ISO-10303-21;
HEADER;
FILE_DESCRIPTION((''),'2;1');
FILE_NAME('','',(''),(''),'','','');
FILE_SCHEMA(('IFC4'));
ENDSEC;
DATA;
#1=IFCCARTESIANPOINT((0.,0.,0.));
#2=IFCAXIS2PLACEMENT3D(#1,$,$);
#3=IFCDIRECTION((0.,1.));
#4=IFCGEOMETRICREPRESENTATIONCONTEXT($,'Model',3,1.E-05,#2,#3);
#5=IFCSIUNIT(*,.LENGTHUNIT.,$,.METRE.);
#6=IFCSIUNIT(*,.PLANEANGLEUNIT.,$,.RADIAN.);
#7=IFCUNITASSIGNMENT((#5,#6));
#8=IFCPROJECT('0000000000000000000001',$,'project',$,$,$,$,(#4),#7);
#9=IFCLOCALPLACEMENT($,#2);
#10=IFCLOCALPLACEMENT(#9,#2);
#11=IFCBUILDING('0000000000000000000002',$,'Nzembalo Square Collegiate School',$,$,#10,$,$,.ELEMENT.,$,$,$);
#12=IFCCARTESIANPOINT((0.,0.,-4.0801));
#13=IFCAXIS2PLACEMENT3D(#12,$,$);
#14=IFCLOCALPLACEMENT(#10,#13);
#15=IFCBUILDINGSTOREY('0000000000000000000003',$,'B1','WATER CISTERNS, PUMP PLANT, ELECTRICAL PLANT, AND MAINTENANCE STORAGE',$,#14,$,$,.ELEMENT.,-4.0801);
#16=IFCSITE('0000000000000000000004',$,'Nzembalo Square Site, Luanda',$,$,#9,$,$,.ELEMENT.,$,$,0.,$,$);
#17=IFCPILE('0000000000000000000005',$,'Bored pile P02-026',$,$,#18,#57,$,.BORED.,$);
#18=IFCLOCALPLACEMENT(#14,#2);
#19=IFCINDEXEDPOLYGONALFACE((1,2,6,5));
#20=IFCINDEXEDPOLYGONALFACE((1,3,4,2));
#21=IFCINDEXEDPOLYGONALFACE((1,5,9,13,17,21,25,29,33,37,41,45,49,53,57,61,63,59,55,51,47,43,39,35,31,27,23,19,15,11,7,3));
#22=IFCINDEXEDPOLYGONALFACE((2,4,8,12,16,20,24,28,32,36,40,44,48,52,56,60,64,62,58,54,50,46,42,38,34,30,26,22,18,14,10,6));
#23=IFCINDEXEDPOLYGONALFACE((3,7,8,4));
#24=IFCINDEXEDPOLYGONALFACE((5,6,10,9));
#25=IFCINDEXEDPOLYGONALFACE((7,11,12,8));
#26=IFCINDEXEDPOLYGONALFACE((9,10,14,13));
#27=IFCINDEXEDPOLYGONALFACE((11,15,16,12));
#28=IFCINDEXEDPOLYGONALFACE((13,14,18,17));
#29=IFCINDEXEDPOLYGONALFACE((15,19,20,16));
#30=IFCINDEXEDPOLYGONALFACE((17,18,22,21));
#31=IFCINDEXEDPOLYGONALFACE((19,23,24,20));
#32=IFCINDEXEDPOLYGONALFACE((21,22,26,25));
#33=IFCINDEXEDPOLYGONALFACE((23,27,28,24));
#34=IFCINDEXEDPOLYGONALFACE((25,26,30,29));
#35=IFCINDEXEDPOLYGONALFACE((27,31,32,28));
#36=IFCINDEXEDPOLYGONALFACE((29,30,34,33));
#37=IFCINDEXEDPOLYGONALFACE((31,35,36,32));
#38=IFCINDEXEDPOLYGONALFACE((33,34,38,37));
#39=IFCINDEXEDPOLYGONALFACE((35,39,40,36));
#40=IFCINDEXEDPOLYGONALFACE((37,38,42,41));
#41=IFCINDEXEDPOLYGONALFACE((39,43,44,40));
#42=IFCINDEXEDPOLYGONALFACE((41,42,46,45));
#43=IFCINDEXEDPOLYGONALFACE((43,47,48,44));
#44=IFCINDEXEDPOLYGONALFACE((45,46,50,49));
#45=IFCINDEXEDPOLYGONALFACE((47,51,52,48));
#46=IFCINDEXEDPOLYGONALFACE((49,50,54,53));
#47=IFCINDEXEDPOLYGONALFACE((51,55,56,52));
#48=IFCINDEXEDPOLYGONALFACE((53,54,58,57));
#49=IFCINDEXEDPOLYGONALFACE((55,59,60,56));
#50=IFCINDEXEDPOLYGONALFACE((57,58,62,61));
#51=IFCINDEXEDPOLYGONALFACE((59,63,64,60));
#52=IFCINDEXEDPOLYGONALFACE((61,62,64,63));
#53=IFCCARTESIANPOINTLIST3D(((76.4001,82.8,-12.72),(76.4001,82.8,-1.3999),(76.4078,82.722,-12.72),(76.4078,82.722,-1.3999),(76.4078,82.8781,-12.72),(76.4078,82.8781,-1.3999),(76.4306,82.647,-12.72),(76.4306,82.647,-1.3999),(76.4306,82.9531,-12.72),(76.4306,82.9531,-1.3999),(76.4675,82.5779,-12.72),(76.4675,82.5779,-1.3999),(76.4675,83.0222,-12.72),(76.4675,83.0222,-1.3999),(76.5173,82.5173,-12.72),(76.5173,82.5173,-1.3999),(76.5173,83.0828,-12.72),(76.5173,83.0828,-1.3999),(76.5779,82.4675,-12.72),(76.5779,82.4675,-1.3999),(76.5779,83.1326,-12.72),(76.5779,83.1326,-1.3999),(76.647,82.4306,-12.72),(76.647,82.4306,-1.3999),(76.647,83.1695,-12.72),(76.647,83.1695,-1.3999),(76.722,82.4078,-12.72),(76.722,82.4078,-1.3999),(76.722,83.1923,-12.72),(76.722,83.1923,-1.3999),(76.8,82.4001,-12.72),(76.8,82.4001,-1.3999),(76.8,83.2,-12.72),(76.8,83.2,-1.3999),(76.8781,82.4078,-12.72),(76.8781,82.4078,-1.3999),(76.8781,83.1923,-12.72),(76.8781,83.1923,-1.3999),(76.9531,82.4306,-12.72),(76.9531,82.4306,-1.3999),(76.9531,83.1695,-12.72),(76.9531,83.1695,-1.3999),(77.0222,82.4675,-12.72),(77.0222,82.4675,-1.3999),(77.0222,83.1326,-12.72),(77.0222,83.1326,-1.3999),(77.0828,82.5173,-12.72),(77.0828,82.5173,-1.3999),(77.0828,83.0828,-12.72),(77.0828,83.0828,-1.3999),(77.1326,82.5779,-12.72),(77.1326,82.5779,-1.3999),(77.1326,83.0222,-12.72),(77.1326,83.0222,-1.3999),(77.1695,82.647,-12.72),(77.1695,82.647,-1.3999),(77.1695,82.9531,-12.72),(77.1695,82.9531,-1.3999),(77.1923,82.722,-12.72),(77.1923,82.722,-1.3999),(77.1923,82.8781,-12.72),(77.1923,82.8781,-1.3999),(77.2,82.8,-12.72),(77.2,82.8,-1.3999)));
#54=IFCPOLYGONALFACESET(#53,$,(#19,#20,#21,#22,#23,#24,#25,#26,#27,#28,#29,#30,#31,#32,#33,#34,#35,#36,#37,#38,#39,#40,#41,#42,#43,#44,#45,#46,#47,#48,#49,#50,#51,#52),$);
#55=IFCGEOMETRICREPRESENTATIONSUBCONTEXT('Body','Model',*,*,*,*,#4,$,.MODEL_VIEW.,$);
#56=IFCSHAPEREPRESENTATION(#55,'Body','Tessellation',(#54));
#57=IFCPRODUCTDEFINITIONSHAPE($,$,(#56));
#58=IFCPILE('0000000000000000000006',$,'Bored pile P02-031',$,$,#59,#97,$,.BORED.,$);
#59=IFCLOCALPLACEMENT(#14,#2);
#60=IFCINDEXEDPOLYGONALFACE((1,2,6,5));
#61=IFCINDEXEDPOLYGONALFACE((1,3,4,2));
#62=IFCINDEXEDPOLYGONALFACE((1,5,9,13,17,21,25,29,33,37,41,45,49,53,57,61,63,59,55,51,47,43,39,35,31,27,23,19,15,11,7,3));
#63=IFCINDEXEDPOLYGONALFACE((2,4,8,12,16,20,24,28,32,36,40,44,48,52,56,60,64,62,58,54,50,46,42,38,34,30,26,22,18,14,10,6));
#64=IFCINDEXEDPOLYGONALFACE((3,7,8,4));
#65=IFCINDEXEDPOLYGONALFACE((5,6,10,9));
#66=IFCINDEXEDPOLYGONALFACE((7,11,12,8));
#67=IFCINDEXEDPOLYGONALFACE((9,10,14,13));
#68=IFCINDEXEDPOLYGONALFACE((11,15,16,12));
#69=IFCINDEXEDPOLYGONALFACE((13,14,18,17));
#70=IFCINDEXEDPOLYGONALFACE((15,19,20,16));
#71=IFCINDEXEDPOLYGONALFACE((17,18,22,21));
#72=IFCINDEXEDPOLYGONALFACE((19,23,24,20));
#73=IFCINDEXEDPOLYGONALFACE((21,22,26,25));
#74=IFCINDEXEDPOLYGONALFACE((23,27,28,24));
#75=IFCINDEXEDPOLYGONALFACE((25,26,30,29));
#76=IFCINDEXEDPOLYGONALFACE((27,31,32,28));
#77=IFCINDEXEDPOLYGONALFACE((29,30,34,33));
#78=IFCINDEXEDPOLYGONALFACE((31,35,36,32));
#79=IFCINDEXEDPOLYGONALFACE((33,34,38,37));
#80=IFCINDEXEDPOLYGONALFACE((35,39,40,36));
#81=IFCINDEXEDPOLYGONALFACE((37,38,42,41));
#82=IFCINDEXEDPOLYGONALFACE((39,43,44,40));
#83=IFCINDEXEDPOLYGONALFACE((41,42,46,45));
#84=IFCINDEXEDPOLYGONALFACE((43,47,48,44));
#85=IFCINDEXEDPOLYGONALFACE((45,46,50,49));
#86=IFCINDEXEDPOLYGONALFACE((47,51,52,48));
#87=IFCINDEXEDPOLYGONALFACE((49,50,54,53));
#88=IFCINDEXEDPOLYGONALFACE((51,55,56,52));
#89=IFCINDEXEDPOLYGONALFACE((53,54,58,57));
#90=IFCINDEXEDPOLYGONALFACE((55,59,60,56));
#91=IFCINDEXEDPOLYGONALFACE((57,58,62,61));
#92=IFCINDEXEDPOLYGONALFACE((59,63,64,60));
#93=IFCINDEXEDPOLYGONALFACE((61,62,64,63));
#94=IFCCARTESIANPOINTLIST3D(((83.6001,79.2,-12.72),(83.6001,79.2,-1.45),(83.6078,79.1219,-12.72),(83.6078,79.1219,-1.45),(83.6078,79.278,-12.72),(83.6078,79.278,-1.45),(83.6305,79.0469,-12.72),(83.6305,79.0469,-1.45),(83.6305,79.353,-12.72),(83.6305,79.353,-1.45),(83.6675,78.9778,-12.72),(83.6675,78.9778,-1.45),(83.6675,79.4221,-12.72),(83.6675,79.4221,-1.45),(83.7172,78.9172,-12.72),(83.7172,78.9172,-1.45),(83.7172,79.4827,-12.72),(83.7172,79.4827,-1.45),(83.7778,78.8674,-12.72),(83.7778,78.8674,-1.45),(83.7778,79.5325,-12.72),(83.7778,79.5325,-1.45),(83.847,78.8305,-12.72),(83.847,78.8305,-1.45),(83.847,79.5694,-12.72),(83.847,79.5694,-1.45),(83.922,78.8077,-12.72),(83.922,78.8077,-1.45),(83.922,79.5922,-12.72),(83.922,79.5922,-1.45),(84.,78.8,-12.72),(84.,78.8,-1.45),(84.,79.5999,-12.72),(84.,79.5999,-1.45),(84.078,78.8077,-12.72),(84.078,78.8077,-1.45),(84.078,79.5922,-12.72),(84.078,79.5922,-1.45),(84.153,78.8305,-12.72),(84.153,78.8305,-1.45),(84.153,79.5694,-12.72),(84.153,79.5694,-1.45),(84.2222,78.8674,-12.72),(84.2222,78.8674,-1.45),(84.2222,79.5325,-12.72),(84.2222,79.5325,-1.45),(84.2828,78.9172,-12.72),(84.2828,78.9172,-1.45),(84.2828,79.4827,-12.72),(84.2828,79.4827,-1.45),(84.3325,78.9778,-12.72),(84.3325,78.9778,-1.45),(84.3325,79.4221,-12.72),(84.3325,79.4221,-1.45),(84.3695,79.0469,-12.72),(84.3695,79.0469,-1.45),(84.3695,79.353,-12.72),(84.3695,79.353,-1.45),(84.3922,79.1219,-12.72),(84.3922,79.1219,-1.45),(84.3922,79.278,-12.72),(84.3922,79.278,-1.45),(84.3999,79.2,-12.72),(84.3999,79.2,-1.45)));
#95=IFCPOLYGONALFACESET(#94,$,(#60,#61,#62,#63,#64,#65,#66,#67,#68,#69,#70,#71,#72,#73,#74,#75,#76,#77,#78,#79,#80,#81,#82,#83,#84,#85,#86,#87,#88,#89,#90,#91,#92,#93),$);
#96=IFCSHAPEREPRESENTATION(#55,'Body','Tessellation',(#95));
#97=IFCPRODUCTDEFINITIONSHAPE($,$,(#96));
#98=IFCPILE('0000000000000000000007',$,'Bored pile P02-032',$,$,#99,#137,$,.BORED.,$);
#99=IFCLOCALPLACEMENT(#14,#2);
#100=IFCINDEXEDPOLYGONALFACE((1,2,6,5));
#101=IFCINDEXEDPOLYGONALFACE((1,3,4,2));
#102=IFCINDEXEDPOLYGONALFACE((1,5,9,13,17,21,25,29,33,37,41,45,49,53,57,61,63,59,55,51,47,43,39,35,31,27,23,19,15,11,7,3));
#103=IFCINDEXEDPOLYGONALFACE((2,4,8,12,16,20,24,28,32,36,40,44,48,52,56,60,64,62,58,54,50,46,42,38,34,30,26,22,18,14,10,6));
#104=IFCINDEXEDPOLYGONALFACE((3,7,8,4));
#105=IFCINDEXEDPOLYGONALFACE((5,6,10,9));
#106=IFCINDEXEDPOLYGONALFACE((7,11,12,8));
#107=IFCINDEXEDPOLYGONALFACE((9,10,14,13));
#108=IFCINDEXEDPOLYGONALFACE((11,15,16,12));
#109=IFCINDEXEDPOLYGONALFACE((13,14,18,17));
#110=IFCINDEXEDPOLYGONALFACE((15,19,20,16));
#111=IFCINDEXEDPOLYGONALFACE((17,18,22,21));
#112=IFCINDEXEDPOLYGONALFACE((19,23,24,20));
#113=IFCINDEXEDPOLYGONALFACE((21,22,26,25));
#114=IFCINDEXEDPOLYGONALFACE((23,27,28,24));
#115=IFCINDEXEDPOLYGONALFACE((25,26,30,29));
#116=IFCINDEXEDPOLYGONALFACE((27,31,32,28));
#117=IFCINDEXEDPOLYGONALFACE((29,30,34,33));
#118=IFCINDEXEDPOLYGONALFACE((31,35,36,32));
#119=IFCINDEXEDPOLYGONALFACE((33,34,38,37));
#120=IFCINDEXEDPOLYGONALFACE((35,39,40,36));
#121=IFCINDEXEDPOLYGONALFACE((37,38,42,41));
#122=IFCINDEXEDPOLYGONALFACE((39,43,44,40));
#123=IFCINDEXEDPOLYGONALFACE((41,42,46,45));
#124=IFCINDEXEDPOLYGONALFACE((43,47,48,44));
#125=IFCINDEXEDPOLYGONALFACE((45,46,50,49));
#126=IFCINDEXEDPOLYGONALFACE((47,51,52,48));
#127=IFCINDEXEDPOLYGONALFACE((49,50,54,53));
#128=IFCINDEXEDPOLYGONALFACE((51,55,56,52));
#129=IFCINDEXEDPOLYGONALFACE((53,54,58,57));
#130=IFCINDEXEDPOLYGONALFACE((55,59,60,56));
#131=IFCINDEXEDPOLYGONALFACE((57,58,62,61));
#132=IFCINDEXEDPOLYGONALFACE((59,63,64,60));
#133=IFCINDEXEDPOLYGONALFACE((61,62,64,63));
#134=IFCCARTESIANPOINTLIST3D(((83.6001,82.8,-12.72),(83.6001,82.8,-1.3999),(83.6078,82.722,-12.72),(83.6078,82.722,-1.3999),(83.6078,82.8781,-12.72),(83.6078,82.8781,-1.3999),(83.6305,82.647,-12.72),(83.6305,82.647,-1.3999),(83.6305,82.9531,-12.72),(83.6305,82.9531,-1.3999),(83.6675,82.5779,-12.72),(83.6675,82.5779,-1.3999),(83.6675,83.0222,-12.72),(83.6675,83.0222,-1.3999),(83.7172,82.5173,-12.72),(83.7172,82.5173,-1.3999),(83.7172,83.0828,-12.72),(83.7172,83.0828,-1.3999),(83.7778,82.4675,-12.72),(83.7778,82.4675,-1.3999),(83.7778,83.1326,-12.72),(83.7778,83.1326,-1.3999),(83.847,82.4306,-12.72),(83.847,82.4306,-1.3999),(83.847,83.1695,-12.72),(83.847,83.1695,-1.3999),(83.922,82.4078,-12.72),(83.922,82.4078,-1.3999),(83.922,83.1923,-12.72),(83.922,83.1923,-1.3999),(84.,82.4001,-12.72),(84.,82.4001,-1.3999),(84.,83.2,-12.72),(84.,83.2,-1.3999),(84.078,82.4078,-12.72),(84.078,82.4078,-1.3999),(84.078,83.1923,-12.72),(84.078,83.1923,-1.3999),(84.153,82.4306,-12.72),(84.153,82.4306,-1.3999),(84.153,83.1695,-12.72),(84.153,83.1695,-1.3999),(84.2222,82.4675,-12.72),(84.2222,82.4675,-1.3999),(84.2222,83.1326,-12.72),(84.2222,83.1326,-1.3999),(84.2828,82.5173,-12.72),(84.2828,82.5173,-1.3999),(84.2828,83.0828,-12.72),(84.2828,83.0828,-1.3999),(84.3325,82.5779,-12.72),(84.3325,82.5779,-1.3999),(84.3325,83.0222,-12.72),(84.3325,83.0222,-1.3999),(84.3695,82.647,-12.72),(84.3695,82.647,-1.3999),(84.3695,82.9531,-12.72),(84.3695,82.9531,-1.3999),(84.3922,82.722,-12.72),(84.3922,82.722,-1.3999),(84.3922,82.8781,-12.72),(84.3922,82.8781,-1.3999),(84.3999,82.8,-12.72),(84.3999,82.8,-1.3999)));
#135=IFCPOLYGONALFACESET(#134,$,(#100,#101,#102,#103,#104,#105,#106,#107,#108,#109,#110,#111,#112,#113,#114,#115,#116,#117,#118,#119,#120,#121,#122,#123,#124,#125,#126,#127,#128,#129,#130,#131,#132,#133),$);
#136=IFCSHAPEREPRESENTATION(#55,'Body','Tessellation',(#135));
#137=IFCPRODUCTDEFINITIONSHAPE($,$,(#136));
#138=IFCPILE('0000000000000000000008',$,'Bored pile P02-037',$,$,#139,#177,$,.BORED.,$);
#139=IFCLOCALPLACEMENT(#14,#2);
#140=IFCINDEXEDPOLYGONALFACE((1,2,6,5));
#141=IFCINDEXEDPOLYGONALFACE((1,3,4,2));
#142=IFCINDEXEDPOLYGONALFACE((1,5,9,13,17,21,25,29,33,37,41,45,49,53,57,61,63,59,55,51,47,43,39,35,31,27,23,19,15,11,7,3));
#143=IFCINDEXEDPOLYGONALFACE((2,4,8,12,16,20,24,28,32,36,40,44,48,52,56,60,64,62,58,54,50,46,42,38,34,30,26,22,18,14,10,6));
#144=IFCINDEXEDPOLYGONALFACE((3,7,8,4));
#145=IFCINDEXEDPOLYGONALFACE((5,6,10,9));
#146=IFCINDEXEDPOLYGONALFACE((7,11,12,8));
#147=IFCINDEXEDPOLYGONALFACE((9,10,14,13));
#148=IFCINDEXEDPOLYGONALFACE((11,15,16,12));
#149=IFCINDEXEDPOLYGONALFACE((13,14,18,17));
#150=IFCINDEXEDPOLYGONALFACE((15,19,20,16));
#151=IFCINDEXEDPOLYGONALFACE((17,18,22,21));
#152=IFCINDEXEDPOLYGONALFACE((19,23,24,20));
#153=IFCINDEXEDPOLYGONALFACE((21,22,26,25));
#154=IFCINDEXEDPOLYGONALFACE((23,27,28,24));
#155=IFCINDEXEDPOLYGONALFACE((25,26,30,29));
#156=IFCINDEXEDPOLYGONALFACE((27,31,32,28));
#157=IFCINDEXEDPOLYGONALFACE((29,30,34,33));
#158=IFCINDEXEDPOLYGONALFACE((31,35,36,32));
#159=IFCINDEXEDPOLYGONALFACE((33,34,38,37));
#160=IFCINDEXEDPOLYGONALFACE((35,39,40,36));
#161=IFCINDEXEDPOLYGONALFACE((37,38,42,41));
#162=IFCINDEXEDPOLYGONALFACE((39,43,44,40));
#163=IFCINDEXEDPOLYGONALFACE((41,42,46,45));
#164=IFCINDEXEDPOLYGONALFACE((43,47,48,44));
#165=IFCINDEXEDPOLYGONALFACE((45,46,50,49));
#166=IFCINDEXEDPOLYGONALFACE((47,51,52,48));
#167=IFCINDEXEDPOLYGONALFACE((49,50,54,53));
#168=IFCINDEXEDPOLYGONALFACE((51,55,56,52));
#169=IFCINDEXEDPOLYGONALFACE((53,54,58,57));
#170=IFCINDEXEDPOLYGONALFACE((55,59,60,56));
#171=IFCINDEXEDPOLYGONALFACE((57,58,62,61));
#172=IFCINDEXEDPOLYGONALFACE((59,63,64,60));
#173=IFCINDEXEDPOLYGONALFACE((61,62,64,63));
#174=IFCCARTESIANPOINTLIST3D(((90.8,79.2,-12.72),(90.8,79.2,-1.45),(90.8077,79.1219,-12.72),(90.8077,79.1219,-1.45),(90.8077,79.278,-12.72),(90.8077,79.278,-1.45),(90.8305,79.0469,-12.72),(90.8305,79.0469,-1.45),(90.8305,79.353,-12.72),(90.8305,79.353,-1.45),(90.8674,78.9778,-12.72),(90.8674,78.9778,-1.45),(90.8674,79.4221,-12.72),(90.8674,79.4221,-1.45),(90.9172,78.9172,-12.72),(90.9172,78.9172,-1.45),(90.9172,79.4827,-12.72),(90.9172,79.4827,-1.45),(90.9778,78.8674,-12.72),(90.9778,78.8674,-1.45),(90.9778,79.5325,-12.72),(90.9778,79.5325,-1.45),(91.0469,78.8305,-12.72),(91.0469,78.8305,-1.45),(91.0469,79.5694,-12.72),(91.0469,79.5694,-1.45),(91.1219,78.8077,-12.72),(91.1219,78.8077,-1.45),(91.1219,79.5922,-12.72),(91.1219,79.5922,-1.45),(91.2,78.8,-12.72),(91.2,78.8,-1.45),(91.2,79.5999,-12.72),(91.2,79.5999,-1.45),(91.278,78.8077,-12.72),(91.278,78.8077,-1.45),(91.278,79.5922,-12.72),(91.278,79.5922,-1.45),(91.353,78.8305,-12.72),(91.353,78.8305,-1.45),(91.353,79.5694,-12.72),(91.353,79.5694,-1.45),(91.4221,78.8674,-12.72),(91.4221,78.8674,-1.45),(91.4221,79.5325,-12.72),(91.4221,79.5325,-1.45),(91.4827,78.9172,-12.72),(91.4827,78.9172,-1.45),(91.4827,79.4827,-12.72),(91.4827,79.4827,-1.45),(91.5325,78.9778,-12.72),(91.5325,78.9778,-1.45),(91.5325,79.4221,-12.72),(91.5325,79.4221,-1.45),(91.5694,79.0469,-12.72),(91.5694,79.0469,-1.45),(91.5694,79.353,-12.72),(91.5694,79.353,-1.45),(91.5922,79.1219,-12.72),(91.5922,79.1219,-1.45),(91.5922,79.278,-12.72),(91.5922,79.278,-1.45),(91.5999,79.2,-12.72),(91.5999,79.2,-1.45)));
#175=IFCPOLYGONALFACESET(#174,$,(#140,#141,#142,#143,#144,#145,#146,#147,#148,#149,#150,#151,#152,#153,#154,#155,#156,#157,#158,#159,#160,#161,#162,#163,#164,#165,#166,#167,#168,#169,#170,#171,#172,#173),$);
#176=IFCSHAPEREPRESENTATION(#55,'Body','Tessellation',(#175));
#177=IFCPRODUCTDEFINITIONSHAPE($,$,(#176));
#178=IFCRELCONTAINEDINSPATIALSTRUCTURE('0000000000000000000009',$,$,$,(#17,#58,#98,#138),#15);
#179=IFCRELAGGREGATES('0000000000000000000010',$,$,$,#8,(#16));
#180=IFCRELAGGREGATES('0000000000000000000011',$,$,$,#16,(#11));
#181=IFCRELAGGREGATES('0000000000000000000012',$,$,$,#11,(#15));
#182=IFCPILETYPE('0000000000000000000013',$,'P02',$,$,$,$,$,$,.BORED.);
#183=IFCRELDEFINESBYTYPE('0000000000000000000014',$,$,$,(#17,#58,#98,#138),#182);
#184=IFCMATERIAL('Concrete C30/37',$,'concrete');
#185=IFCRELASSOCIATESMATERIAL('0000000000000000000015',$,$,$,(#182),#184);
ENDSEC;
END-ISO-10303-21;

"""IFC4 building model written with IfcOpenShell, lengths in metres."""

from ifc_helpers import new_model, si_unit, direction, frame, origin, origin_2d, place, context, subcontext, project, spatial, circle, extrude, material, material_profile, profile_set, type_object, element, save


model = new_model("IFC4")

# Units and contexts
model_context = context("Model", 3, precision=1e-05, world=origin(), true_north=direction((0.0, 1.0)))
body_context = subcontext(model_context, "Body", "Model", "MODEL_VIEW")
ifc_project = project(units=[si_unit("LENGTHUNIT", "METRE"), si_unit("PLANEANGLEUNIT", "RADIAN")], contexts=[model_context])

# Site, building, storey
site_placement = place(None, origin())
site = spatial("IfcSite", under=ifc_project, at=site_placement, Name="Nzembalo Square Site, Luanda", CompositionType="ELEMENT", RefElevation=0.0)
building_placement = place(site_placement, origin())
building = spatial("IfcBuilding", under=site, at=building_placement, Name="Nzembalo Square Collegiate School", CompositionType="ELEMENT")
storey_placement = place(building_placement, frame((0.0, 0.0, -4.0801)))
storey = spatial("IfcBuildingStorey", under=building, at=storey_placement, Name="B1", Description="WATER CISTERNS, PUMP PLANT, ELECTRICAL PLANT, AND MAINTENANCE STORAGE", CompositionType="ELEMENT", Elevation=-4.0801)

# Piles
ifc_material_1 = material(Name="Concrete C30/37", Category="concrete")
ifc_material_profile_1 = material_profile(ifc_material_1, circle(Radius=0.3999, at=origin_2d()), Name="PILE D800")
ifc_profile_set_1 = profile_set([ifc_material_profile_1], Name="Concrete C30/37")
pile_type = type_object("IfcPileType", Name="P02", PredefinedType="BORED", material=ifc_profile_set_1)
pile_1_placement = place(storey_placement, frame((76.8, 82.8, -1.3999), z_axis=(0.0, 0.0, -1.0), x_axis=(1.0, 0.0, 0.0)))
element("IfcPile", 1, at=pile_1_placement, inside=storey, type_object=pile_type, Name="Bored pile P02-026", PredefinedType="BORED", context=body_context, shape_type="SweptSolid", body=[
    extrude(circle(Radius=0.3999, at=origin_2d()), origin(), (0.0, 0.0, 1.0), 11.3201),
])
pile_2_placement = place(storey_placement, frame((84.0, 79.2, -1.45), z_axis=(0.0, 0.0, -1.0), x_axis=(1.0, 0.0, 0.0)))
element("IfcPile", 2, at=pile_2_placement, inside=storey, type_object=pile_type, Name="Bored pile P02-031", PredefinedType="BORED", context=body_context, shape_type="SweptSolid", body=[
    extrude(circle(Radius=0.3999, at=origin_2d()), origin(), (0.0, 0.0, 1.0), 11.27),
])
pile_3_placement = place(storey_placement, frame((84.0, 82.8, -1.3999), z_axis=(0.0, 0.0, -1.0), x_axis=(1.0, 0.0, 0.0)))
element("IfcPile", 3, at=pile_3_placement, inside=storey, type_object=pile_type, Name="Bored pile P02-032", PredefinedType="BORED", context=body_context, shape_type="SweptSolid", body=[
    extrude(circle(Radius=0.3999, at=origin_2d()), origin(), (0.0, 0.0, 1.0), 11.3201),
])
pile_4_placement = place(storey_placement, frame((91.2, 79.2, -1.45), z_axis=(0.0, 0.0, -1.0), x_axis=(1.0, 0.0, 0.0)))
element("IfcPile", 4, at=pile_4_placement, inside=storey, type_object=pile_type, Name="Bored pile P02-037", PredefinedType="BORED", context=body_context, shape_type="SweptSolid", body=[
    extrude(circle(Radius=0.3999, at=origin_2d()), origin(), (0.0, 0.0, 1.0), 11.27),
])

save(model, "model.ifc")
